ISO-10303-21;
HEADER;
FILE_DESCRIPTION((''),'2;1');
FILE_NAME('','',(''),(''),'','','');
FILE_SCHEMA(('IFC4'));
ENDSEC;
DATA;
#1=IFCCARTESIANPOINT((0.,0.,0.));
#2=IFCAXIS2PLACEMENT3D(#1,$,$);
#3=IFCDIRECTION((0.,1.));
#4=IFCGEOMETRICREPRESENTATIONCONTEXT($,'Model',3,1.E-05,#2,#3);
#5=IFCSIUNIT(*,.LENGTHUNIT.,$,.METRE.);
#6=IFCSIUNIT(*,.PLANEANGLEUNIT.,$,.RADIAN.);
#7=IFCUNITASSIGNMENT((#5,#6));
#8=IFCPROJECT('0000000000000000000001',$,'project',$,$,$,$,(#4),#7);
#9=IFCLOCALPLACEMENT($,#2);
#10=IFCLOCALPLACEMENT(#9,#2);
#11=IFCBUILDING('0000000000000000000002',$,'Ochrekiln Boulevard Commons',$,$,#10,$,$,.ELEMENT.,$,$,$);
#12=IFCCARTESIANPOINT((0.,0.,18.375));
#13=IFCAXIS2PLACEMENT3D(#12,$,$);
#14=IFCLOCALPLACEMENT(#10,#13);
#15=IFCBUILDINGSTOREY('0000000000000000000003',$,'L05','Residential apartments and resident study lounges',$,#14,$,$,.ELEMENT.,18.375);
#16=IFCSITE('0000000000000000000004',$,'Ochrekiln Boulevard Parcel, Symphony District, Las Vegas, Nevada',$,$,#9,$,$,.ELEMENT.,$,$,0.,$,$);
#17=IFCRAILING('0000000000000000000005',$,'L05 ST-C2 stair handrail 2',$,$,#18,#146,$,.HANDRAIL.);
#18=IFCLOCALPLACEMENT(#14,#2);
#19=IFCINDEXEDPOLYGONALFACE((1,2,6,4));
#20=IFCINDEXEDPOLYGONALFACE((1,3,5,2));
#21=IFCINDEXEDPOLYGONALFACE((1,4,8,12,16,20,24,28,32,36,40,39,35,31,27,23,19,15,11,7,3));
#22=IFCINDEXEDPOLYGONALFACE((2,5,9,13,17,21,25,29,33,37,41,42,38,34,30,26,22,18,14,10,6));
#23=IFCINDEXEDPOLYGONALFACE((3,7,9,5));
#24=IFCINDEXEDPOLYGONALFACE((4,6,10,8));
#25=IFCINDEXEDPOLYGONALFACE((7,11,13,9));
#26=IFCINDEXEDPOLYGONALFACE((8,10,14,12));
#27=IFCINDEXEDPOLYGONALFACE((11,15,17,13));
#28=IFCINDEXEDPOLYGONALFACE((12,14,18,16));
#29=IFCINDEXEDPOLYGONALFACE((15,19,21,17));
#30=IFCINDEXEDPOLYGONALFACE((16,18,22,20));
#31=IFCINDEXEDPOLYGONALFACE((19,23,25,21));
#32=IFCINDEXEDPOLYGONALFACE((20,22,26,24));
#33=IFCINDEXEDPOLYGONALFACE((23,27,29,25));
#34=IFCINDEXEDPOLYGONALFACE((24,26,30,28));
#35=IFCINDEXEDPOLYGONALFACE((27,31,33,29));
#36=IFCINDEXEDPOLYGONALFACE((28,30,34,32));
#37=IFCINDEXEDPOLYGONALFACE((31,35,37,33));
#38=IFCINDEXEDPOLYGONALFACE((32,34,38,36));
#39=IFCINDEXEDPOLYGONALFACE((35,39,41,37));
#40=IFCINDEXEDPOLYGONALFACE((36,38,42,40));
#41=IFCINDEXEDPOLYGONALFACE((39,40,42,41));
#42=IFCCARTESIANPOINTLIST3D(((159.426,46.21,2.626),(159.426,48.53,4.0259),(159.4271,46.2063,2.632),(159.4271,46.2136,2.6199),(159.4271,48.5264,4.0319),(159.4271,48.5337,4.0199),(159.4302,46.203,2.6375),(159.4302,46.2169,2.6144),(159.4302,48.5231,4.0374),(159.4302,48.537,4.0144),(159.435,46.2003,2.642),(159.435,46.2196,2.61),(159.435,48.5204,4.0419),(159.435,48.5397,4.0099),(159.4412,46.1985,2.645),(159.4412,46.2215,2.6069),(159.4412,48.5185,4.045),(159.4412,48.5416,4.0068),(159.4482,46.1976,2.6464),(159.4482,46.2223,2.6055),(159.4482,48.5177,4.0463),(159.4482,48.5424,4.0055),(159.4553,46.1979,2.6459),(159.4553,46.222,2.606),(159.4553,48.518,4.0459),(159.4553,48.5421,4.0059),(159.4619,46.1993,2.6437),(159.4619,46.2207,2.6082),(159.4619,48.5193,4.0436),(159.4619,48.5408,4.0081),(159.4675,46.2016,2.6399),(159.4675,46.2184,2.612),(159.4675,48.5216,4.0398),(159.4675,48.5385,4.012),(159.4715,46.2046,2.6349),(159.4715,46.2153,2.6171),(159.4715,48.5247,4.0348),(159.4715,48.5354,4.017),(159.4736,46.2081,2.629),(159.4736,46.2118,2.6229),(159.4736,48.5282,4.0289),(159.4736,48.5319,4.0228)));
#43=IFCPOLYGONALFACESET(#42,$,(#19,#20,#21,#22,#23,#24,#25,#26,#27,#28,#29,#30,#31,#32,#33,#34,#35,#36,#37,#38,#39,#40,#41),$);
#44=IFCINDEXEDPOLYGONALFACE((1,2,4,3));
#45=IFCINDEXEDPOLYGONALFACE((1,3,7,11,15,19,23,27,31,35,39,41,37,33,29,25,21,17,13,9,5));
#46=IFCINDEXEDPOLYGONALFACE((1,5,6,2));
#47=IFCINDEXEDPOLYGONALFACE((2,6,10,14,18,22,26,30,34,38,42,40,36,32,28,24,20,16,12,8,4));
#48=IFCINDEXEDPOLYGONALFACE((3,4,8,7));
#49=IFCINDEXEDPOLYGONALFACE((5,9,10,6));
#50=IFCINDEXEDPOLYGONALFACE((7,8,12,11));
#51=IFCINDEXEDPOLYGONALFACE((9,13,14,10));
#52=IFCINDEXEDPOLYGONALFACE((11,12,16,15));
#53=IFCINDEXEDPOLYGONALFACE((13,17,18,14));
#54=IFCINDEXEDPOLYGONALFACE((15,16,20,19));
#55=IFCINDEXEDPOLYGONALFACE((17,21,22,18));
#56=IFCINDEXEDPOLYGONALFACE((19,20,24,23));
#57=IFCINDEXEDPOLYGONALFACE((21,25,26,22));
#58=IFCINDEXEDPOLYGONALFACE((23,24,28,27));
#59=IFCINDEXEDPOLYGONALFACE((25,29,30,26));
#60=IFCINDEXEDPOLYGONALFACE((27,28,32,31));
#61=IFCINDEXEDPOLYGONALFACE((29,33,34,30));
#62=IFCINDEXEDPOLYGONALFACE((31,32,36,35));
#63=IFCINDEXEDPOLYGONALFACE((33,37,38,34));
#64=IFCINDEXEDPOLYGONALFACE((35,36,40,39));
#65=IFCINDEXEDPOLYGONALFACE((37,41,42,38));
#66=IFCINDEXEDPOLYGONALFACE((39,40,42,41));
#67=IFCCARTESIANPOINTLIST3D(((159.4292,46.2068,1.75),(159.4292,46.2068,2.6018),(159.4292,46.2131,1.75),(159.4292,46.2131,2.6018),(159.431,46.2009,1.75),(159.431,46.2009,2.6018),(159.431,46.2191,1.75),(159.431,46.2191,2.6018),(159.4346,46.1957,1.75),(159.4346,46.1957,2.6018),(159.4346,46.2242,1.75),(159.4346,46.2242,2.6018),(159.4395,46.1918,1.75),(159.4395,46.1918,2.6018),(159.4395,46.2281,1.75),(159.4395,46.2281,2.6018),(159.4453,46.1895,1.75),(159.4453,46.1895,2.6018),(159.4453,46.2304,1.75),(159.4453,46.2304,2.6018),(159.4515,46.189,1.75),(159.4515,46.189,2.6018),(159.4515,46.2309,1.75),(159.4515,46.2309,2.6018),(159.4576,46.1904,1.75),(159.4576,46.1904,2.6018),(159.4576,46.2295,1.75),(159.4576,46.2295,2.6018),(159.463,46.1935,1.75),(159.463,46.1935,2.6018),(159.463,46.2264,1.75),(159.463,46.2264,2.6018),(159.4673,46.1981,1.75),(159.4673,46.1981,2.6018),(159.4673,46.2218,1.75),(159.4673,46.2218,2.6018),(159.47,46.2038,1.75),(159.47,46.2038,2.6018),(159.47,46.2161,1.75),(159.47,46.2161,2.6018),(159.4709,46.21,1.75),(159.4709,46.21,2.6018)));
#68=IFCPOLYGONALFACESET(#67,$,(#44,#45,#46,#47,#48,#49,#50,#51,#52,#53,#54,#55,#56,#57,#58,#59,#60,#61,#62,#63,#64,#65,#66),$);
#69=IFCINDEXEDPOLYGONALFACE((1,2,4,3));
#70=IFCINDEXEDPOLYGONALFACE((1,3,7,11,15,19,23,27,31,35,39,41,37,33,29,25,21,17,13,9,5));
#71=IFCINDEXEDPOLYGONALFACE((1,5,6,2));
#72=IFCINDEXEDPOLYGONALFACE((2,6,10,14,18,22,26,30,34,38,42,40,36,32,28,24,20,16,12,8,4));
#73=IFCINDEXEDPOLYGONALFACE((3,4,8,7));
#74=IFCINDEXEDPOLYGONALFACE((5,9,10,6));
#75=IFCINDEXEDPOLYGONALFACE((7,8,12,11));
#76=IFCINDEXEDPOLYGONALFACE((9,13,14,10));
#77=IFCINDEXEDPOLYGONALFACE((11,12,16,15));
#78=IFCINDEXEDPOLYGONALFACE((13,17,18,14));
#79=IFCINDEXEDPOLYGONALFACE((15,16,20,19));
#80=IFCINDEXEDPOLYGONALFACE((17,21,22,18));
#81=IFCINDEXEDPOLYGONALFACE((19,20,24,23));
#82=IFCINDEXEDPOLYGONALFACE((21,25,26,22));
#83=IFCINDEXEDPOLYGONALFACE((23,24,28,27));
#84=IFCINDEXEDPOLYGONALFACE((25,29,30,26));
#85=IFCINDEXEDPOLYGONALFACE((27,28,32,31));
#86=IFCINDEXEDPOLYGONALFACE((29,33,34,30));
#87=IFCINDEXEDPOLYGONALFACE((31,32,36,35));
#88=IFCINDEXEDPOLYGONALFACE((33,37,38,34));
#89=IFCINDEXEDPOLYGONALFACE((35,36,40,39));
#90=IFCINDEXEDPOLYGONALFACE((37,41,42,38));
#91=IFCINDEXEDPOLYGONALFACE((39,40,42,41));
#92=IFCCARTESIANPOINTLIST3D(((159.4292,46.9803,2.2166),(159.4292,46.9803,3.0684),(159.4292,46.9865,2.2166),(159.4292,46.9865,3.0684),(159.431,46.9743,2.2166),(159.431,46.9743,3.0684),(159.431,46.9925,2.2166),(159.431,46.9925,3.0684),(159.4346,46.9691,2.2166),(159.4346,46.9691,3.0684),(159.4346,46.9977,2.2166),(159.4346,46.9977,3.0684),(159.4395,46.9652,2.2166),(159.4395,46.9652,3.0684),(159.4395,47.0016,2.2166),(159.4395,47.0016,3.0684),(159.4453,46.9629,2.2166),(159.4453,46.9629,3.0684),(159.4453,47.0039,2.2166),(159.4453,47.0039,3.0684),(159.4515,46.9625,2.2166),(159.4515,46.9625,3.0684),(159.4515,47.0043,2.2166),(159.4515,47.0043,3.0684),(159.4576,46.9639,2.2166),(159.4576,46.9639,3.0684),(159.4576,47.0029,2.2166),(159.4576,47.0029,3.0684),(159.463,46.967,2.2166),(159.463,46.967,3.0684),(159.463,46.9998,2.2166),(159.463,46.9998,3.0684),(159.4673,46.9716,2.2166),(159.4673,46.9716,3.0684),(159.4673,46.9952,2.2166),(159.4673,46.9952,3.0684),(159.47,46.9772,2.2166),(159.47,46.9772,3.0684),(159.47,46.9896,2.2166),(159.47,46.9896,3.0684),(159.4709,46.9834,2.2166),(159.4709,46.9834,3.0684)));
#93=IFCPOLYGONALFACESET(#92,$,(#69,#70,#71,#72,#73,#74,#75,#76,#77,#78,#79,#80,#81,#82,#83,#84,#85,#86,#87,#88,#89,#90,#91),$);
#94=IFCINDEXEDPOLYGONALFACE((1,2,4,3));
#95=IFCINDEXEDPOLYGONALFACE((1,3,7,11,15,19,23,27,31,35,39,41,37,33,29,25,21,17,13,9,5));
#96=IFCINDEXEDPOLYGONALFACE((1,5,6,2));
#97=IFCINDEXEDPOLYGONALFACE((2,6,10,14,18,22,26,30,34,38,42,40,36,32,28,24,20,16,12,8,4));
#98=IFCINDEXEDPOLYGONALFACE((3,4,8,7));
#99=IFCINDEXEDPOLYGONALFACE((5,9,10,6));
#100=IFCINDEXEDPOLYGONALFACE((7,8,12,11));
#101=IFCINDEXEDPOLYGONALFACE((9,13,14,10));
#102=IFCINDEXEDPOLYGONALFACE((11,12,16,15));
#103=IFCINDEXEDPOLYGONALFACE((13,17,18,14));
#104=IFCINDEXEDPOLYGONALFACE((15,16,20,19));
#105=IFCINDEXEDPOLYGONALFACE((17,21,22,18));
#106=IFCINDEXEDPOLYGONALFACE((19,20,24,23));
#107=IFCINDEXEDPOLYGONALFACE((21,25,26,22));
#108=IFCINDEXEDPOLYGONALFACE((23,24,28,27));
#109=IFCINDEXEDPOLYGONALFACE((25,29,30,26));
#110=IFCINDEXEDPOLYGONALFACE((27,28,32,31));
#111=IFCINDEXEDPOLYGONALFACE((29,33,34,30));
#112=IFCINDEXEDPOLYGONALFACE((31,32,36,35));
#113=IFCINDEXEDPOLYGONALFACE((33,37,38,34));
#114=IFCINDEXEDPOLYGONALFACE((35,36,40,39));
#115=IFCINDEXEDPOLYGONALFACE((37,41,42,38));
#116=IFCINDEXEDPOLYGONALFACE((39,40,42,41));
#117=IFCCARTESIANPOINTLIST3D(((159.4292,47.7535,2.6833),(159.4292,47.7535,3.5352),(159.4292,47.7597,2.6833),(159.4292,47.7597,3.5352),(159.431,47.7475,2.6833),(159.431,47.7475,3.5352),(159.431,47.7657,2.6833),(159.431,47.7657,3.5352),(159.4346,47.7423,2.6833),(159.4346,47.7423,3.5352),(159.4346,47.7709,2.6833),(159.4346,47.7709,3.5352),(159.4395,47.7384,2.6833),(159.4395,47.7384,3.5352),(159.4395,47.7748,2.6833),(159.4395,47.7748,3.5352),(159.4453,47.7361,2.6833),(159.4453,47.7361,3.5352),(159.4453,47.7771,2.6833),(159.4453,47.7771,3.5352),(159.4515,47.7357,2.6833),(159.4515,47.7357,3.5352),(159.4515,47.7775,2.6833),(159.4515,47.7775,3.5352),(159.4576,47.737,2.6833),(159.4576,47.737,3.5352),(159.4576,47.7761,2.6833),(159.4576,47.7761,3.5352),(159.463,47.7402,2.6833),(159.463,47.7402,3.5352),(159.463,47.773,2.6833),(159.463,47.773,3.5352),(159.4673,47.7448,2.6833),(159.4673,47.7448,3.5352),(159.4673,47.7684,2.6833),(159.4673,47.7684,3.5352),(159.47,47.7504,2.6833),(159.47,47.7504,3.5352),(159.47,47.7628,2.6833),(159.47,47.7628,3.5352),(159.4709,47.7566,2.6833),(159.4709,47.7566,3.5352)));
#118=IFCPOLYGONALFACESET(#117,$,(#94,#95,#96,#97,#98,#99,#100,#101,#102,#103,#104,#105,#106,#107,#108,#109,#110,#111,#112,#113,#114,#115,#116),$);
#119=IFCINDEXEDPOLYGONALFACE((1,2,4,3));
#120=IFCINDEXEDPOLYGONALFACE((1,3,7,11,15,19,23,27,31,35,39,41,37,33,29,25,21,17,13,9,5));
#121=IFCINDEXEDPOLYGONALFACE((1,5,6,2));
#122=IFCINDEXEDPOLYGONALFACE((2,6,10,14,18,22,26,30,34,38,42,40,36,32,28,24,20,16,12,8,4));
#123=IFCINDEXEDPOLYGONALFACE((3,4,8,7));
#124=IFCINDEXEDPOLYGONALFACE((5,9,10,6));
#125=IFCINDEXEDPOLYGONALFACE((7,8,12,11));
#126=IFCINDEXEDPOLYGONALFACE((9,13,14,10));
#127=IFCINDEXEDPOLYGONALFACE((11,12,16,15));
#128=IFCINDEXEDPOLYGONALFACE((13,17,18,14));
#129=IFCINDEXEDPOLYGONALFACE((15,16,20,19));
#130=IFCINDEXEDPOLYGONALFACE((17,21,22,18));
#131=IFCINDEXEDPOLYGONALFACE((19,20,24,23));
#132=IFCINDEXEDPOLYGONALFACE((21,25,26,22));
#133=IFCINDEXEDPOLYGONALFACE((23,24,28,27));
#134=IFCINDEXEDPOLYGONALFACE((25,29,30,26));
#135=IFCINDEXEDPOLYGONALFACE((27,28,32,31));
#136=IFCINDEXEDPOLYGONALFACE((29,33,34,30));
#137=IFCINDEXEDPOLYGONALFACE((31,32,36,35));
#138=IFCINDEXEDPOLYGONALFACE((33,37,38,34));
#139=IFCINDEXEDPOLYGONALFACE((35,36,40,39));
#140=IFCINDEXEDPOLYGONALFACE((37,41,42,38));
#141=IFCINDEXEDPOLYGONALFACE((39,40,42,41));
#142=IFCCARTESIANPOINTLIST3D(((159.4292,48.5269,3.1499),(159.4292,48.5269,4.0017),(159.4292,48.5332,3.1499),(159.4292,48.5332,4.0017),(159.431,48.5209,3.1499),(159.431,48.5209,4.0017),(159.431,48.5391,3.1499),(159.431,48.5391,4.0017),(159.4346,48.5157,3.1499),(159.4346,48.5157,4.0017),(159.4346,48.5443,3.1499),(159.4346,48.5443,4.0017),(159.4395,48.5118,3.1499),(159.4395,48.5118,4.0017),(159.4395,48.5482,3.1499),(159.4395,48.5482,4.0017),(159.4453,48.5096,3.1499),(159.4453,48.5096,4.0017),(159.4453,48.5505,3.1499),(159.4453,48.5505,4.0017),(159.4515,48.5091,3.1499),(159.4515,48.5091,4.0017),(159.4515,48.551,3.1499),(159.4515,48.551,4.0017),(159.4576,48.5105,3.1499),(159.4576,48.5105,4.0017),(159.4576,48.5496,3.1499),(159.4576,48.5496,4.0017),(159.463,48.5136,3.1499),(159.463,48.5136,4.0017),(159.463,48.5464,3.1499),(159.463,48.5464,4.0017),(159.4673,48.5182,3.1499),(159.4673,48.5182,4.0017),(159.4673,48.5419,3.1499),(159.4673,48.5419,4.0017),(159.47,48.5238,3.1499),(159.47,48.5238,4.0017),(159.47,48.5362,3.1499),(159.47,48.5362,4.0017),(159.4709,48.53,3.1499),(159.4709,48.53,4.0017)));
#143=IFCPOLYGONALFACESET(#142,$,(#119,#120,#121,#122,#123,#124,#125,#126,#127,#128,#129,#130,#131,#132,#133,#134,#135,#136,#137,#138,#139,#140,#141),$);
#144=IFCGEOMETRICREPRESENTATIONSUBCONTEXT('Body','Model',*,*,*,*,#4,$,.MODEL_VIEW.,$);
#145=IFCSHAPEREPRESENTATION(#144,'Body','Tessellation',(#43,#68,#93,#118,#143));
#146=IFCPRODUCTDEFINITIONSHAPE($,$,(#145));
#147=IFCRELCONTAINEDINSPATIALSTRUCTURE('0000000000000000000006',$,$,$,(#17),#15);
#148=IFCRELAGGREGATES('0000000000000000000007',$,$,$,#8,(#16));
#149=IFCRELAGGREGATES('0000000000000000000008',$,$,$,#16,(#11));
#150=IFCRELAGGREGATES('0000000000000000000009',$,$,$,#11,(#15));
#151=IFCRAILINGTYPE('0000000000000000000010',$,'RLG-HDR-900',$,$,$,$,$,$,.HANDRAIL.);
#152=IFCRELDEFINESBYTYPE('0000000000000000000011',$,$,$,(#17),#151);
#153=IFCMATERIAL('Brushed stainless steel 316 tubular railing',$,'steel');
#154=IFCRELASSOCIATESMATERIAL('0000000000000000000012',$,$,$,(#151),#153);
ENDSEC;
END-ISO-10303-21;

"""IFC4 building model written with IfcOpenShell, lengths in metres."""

from ifc_helpers import new_model, si_unit, direction, frame, origin, origin_2d, place, context, subcontext, project, spatial, circle, extrude, material, type_object, element, save


model = new_model("IFC4")

# Units and contexts
model_context = context("Model", 3, precision=1e-05, world=origin(), true_north=direction((0.0, 1.0)))
body_context = subcontext(model_context, "Body", "Model", "MODEL_VIEW")
ifc_project = project(units=[si_unit("LENGTHUNIT", "METRE"), si_unit("PLANEANGLEUNIT", "RADIAN")], contexts=[model_context])

# Site, building, storey
site_placement = place(None, origin())
site = spatial("IfcSite", under=ifc_project, at=site_placement, Name="Ochrekiln Boulevard Parcel, Symphony District, Las Vegas, Nevada", CompositionType="ELEMENT", RefElevation=0.0)
building_placement = place(site_placement, origin())
building = spatial("IfcBuilding", under=site, at=building_placement, Name="Ochrekiln Boulevard Commons", CompositionType="ELEMENT")
storey_placement = place(building_placement, frame((0.0, 0.0, 18.375)))
storey = spatial("IfcBuildingStorey", under=building, at=storey_placement, Name="L05", Description="Residential apartments and resident study lounges", CompositionType="ELEMENT", Elevation=18.375)

# Railing
ifc_material_1 = material(Name="Brushed stainless steel 316 tubular railing", Category="steel")
railing_type = type_object("IfcRailingType", Name="RLG-HDR-900", PredefinedType="HANDRAIL", material=ifc_material_1)
railing_placement = place(storey_placement, frame((159.45, 46.21, 1.75)))
element("IfcRailing", 1, at=railing_placement, inside=storey, type_object=railing_type, Name="L05 ST-C2 stair handrail 2", PredefinedType="HANDRAIL", context=body_context, shape_type="SweptSolid", body=[
    extrude(circle(Radius=0.0239, at=origin_2d()), frame((0.0, 0.0, 0.876), z_axis=(0.0, 0.85621, 0.516627), x_axis=(-1.0, 0.0, 0.0)), (0.0, 0.0, 1.0), 2.7097),
    extrude(circle(Radius=0.021, at=origin_2d()), origin(), (0.0, 0.0, 1.0), 0.8518),
    extrude(circle(Radius=0.021, at=origin_2d()), frame((0.0, 0.7734, 0.4666)), (0.0, 0.0, 1.0), 0.8518),
    extrude(circle(Radius=0.021, at=origin_2d()), frame((0.0, 1.5466, 0.9333)), (0.0, 0.0, 1.0), 0.8518),
    extrude(circle(Radius=0.021, at=origin_2d()), frame((0.0, 2.3201, 1.3999)), (0.0, 0.0, 1.0), 0.8518),
])

save(model, "model.ifc")
